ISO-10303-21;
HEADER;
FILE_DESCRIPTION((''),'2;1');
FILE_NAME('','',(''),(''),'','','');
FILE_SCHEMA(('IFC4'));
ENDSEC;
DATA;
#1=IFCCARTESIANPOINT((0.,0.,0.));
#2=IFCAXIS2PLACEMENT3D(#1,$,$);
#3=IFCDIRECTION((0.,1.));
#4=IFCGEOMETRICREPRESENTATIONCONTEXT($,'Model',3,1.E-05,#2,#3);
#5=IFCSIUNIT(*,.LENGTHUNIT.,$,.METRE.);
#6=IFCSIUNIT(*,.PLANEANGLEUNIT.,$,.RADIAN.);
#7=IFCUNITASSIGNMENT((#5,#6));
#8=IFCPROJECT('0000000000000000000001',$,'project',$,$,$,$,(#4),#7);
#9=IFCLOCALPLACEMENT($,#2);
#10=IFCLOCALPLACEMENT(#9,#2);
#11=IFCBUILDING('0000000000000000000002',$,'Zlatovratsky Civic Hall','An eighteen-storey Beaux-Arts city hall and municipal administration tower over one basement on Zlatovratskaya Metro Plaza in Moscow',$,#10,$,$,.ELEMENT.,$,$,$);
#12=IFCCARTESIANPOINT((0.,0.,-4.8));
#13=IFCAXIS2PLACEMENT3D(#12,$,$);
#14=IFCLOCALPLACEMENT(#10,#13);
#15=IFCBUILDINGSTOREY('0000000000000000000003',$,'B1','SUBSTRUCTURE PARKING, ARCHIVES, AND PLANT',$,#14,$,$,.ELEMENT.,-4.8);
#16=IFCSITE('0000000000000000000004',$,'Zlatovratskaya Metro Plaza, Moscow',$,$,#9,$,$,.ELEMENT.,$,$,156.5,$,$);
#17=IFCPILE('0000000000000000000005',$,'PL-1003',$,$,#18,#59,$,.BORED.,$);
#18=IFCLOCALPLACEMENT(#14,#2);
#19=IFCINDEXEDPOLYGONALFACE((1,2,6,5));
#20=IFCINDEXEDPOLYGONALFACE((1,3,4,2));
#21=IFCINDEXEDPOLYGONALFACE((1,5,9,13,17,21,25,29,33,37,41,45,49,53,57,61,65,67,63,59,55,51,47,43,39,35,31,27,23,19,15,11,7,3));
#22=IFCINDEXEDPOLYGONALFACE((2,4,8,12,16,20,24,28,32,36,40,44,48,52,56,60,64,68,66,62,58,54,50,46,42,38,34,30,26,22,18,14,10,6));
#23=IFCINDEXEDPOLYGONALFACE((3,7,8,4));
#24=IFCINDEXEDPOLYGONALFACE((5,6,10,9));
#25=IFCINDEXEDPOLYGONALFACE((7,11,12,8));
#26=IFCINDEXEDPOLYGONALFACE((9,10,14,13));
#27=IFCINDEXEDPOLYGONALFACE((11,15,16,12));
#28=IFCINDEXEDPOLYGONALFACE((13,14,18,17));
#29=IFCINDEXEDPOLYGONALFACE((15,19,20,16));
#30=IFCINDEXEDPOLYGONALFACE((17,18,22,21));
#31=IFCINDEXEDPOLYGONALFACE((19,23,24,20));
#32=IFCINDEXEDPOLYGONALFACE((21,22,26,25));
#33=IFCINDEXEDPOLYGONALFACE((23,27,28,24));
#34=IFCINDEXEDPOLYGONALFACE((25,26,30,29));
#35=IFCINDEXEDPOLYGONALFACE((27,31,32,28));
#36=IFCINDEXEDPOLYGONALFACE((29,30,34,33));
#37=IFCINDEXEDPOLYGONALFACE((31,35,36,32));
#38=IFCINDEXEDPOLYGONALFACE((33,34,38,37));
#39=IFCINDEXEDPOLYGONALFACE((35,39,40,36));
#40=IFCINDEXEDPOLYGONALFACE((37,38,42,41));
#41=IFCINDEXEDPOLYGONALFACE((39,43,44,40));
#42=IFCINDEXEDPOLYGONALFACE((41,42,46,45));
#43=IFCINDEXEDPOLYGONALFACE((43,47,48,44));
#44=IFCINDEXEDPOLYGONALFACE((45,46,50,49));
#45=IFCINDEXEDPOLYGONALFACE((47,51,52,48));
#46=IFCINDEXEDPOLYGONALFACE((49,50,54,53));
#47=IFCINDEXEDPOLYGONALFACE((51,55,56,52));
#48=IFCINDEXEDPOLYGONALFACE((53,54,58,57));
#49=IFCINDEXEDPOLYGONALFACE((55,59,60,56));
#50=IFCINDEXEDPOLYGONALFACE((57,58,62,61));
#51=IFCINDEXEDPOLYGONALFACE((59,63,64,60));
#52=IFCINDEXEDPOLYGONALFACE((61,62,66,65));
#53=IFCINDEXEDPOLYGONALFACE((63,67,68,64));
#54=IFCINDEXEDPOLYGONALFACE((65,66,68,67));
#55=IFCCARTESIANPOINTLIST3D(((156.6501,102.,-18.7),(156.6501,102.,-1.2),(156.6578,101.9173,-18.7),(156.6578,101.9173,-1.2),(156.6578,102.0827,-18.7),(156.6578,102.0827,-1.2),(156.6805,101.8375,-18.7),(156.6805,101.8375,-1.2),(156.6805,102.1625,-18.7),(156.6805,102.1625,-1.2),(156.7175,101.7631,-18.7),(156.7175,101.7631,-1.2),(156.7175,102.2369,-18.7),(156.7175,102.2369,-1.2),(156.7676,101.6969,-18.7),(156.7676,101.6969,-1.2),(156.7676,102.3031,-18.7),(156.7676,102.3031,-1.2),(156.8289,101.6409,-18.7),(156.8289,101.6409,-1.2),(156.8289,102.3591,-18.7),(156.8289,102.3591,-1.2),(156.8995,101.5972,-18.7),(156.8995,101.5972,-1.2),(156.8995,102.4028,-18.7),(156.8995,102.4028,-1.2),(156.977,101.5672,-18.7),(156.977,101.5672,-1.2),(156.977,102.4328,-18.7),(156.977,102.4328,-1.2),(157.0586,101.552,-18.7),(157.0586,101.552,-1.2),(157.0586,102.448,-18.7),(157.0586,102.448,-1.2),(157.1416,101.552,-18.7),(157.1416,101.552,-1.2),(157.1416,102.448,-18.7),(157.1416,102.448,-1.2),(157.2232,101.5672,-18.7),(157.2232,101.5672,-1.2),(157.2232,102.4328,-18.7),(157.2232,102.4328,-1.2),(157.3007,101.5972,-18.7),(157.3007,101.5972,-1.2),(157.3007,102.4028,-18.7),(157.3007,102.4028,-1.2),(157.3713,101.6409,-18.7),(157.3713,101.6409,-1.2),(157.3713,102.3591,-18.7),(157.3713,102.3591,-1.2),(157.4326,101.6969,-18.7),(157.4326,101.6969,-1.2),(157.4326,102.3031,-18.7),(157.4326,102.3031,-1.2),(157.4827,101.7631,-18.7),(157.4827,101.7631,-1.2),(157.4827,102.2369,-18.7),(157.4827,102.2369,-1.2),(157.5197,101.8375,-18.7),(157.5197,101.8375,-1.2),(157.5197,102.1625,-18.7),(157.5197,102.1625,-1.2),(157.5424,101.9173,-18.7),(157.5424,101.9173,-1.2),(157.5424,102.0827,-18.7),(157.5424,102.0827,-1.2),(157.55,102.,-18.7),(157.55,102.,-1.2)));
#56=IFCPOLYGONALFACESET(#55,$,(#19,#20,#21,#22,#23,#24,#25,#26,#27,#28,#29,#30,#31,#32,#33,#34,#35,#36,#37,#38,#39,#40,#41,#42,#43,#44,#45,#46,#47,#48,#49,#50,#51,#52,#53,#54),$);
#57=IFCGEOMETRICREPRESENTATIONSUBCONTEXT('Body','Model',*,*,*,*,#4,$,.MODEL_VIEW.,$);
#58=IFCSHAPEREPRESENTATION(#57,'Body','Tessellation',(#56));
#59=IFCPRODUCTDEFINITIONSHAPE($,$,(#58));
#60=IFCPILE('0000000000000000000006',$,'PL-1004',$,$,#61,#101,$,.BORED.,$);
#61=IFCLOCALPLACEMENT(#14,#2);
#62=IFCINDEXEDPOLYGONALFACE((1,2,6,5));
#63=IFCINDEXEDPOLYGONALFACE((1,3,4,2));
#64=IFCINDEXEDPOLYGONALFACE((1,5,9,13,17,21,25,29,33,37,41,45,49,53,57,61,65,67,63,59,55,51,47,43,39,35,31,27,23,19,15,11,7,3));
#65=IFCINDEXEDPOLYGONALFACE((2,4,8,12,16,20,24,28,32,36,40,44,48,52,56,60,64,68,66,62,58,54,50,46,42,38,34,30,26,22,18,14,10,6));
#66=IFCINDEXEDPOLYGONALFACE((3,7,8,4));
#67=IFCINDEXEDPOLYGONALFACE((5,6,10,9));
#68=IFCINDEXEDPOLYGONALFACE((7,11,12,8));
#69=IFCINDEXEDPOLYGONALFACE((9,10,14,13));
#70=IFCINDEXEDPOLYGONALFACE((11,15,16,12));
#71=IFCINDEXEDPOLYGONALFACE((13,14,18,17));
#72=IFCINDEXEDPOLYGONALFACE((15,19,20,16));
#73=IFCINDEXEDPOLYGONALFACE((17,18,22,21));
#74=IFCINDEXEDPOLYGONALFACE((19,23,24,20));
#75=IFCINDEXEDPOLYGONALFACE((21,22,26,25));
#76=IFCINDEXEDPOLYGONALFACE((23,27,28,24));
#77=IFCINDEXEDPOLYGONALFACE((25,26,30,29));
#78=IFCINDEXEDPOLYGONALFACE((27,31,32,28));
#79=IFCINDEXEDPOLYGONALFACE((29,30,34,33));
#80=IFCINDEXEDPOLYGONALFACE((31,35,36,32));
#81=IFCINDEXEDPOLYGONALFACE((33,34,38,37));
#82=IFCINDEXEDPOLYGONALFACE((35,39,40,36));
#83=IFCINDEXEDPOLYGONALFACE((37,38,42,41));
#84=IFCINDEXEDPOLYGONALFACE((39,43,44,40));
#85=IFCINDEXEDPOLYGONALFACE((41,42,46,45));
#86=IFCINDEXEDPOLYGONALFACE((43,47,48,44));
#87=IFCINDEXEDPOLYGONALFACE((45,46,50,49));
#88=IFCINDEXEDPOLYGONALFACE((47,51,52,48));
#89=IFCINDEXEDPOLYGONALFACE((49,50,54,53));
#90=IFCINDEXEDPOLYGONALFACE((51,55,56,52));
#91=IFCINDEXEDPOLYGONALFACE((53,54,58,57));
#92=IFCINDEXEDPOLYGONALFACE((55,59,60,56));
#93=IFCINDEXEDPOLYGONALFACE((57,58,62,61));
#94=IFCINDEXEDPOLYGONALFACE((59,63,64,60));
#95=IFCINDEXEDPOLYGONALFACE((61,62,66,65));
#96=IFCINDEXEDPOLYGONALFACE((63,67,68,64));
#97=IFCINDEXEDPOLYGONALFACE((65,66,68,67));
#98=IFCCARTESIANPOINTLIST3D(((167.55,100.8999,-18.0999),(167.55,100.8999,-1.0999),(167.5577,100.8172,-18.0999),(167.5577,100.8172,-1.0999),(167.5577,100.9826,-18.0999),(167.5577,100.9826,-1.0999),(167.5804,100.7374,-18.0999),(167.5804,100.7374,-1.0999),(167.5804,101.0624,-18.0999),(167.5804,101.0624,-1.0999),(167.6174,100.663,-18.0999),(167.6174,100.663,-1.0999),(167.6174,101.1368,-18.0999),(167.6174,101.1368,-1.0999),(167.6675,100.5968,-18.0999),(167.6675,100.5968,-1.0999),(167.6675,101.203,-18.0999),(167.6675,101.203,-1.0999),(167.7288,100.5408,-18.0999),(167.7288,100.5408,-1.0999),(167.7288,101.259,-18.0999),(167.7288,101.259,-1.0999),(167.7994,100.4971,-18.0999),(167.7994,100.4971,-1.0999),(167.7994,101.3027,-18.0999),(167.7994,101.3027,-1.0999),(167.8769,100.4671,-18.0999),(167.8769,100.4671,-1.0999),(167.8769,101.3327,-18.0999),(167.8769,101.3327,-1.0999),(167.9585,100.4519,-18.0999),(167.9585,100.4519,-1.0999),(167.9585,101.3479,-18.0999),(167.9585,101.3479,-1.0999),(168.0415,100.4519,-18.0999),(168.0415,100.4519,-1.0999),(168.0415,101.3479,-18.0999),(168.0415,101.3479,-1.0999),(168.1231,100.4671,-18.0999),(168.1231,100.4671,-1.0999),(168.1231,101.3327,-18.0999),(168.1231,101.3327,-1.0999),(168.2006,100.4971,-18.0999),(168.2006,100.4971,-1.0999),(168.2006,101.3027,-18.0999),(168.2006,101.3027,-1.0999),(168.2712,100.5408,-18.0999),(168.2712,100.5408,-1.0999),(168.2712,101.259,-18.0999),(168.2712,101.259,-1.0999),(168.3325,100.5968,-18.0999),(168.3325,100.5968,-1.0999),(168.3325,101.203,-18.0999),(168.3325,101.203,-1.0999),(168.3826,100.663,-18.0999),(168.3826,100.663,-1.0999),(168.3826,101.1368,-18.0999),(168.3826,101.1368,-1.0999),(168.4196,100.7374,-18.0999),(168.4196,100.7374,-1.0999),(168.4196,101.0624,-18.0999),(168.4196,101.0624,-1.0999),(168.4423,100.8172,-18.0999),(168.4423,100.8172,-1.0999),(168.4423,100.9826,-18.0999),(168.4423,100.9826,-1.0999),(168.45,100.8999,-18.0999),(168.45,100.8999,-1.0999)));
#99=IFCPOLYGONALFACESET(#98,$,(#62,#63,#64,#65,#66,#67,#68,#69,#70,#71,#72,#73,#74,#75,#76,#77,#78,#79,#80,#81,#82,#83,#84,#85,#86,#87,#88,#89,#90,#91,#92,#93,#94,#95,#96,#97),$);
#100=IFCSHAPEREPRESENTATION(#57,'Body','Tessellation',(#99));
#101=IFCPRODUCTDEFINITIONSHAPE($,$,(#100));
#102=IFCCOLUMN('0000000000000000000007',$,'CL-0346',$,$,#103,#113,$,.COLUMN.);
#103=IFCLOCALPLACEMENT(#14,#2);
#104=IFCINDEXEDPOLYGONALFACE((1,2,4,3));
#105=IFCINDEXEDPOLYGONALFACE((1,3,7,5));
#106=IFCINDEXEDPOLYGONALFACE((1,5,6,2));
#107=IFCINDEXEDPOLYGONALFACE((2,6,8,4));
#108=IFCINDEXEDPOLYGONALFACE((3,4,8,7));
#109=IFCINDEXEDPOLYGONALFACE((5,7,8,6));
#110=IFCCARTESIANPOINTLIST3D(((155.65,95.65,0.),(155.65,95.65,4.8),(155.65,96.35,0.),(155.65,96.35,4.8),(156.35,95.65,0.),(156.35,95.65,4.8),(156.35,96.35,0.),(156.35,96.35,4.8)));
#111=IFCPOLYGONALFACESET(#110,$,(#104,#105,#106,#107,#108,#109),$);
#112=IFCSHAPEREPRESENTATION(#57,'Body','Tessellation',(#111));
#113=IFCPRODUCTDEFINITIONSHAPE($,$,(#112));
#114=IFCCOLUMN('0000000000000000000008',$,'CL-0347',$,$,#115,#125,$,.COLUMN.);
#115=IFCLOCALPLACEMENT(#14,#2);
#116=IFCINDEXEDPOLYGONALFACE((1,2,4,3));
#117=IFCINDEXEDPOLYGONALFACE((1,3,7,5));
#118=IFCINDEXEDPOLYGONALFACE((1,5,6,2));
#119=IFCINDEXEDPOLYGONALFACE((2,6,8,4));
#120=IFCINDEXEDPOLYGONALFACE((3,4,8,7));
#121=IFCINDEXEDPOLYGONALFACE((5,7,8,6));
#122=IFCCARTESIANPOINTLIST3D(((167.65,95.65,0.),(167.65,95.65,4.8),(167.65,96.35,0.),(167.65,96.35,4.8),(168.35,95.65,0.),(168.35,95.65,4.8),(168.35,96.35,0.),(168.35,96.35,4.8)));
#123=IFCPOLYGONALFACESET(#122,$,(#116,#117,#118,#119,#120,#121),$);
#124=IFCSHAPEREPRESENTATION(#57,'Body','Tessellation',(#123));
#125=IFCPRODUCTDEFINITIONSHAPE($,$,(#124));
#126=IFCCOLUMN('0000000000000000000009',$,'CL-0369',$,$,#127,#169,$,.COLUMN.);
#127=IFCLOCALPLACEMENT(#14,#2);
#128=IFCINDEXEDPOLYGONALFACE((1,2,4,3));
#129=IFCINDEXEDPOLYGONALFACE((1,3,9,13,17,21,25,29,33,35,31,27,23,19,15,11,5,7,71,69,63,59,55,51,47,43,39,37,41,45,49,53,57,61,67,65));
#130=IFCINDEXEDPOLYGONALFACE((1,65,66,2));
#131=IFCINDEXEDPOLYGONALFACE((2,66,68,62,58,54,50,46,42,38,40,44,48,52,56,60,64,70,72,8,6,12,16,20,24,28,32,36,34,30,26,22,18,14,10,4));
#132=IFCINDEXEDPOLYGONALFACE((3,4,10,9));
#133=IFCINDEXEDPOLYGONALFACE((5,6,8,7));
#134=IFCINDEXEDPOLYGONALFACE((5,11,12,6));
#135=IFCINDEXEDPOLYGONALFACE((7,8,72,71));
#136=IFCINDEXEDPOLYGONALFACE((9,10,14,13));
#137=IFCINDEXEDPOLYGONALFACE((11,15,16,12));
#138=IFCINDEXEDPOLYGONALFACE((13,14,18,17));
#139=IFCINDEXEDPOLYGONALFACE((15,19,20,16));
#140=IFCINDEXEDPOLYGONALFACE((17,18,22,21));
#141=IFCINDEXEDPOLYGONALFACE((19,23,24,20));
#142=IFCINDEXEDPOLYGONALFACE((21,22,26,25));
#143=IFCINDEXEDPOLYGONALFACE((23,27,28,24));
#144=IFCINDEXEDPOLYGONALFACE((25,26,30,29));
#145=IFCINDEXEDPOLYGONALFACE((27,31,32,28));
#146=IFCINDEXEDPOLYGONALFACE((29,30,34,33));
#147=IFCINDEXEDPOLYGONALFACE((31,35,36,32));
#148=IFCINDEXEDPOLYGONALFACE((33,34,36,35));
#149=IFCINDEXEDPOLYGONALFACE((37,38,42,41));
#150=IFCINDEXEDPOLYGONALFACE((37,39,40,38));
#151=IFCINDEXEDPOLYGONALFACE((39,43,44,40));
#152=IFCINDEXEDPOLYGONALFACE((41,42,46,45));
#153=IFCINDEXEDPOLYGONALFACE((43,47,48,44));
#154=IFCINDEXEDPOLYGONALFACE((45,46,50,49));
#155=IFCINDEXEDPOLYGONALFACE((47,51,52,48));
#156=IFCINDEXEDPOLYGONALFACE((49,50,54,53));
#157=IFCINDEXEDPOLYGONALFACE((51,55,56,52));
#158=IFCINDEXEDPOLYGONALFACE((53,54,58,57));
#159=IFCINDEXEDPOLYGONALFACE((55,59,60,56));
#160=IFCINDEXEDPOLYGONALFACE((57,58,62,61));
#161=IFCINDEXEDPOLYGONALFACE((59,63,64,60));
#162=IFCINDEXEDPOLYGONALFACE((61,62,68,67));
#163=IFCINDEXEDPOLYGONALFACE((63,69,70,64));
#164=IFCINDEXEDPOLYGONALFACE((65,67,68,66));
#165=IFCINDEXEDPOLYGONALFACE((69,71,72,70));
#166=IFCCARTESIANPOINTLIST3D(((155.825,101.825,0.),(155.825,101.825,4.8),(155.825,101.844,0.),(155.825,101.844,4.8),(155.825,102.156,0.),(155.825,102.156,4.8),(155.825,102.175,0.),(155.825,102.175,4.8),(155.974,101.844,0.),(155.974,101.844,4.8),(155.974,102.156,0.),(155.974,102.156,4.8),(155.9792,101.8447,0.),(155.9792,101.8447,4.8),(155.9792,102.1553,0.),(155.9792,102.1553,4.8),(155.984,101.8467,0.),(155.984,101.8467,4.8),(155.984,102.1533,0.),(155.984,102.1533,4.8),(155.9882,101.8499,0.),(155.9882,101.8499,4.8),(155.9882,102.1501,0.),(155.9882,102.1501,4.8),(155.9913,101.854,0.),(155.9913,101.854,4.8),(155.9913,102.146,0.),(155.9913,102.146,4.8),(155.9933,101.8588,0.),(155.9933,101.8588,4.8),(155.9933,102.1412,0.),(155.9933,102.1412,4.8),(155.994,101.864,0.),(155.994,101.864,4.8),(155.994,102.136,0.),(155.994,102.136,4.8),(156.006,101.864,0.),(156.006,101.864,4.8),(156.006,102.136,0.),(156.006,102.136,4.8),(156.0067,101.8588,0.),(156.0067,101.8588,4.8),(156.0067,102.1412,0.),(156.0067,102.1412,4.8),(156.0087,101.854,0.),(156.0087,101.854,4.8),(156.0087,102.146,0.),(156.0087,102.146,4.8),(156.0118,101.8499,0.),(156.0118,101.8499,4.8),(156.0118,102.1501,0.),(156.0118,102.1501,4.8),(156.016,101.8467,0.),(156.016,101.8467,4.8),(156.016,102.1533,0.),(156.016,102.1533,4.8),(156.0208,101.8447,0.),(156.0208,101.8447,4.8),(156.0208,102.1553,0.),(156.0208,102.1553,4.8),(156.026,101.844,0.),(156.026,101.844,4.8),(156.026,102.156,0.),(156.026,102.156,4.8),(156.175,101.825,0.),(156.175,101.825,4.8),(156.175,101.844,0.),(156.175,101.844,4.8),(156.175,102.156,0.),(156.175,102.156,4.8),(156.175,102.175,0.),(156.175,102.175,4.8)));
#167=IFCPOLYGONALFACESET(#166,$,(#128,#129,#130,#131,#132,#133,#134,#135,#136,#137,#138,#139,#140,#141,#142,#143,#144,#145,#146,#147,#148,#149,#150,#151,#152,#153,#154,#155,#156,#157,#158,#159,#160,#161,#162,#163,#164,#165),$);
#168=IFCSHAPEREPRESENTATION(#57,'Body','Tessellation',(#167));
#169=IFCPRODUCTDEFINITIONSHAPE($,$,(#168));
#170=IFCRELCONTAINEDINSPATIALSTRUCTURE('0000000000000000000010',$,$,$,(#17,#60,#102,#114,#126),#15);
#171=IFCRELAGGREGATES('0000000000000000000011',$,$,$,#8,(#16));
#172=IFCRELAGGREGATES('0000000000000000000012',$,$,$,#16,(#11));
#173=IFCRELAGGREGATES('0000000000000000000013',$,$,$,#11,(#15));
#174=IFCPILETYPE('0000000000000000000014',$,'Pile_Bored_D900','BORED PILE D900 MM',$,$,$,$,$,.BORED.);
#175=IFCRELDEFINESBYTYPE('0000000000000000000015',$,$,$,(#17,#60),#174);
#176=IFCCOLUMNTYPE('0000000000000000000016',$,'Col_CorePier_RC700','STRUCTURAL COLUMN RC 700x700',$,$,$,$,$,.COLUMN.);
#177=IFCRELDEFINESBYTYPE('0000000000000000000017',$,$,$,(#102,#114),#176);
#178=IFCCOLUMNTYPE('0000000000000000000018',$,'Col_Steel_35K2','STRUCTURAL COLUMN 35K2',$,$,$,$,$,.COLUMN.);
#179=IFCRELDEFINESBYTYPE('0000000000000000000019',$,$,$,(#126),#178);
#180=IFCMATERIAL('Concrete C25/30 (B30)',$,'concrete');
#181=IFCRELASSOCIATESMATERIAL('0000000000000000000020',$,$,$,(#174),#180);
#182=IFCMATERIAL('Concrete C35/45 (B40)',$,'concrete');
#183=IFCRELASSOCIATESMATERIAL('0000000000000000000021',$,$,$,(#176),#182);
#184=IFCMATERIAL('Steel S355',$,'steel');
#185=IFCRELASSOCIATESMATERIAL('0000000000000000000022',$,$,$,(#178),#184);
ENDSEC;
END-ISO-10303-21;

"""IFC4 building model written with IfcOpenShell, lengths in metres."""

from ifc_helpers import new_model, si_unit, direction, frame, origin, origin_2d, place, context, subcontext, project, spatial, rectangle, circle, i_section, extrude, material, material_profile, profile_set, type_object, element, save


model = new_model("IFC4")

# Units and contexts
model_context = context("Model", 3, precision=1e-05, world=origin(), true_north=direction((0.0, 1.0)))
body_context = subcontext(model_context, "Body", "Model", "MODEL_VIEW")
ifc_project = project(units=[si_unit("LENGTHUNIT", "METRE"), si_unit("PLANEANGLEUNIT", "RADIAN")], contexts=[model_context])

# Site, building, storey
site_placement = place(None, origin())
site = spatial("IfcSite", under=ifc_project, at=site_placement, Name="Zlatovratskaya Metro Plaza, Moscow", CompositionType="ELEMENT", RefElevation=156.5)
building_placement = place(site_placement, origin())
building = spatial("IfcBuilding", under=site, at=building_placement, Name="Zlatovratsky Civic Hall", Description="An eighteen-storey Beaux-Arts city hall and municipal administration tower over one basement on Zlatovratskaya Metro Plaza in Moscow", CompositionType="ELEMENT")
storey_placement = place(building_placement, frame((0.0, 0.0, -4.8)))
storey = spatial("IfcBuildingStorey", under=building, at=storey_placement, Name="B1", Description="SUBSTRUCTURE PARKING, ARCHIVES, AND PLANT", CompositionType="ELEMENT", Elevation=-4.8)

# Shared definitions
ifc_material_1 = material(Name="Concrete C25/30 (B30)", Category="concrete")

# Piles
ifc_material_profile_1 = material_profile(ifc_material_1, circle(Radius=0.45, at=origin_2d()), Name="PILE D900")
ifc_profile_set_1 = profile_set([ifc_material_profile_1], Name="Concrete C25/30 (B30)")
pile_type_1 = type_object("IfcPileType", Name="Pile_Bored_D900", Description="BORED PILE D900 MM", PredefinedType="BORED", material=ifc_profile_set_1)
pile_1_placement = place(storey_placement, frame((157.1001, 102.0, -1.2), z_axis=(0.0, 0.0, -1.0), x_axis=(1.0, 0.0, 0.0)))
element("IfcPile", 1, at=pile_1_placement, inside=storey, type_object=pile_type_1, Name="PL-1003", PredefinedType="BORED", context=body_context, shape_type="SweptSolid", body=[
    extrude(circle(Radius=0.45, at=origin_2d()), origin(), (0.0, 0.0, 1.0), 17.5),
])
pile_2_placement = place(storey_placement, frame((168.0, 100.8999, -1.0999), z_axis=(0.0, 0.0, -1.0), x_axis=(1.0, 0.0, 0.0)))
element("IfcPile", 2, at=pile_2_placement, inside=storey, type_object=pile_type_1, Name="PL-1004", PredefinedType="BORED", context=body_context, shape_type="SweptSolid", body=[
    extrude(circle(Radius=0.45, at=origin_2d()), origin(), (0.0, 0.0, 1.0), 17.0),
])

# Columns
ifc_material_2 = material(Name="Concrete C35/45 (B40)", Category="concrete")
ifc_material_profile_2 = material_profile(ifc_material_2, rectangle(XDim=0.7, YDim=0.7, at=origin_2d()), Name="RC 700x700")
ifc_profile_set_2 = profile_set([ifc_material_profile_2], Name="Concrete C35/45 (B40)")
column_type_1 = type_object("IfcColumnType", Name="Col_CorePier_RC700", Description="STRUCTURAL COLUMN RC 700x700", PredefinedType="COLUMN", material=ifc_profile_set_2)
for number, where, z_axis, x_axis, name in (
    (3, (156.0, 96.0, 0.0), (0.0, 0.0, 1.0), (1.0, 0.0, 0.0), "CL-0346"),
    (4, (168.0, 96.0, 0.0), (0.0, 0.0, 1.0), (1.0, 0.0, 0.0), "CL-0347"),
):
    element("IfcColumn", number, at=place(storey_placement, frame(where, z_axis=z_axis, x_axis=x_axis)), inside=storey, type_object=column_type_1, Name=name, PredefinedType="COLUMN", context=body_context, shape_type="SweptSolid", body=[
        extrude(rectangle(XDim=0.7, YDim=0.7, at=origin_2d()), origin(), (0.0, 0.0, 1.0), 4.8),
    ])
ifc_material_3 = material(Name="Steel S355", Category="steel")
ifc_material_profile_3 = material_profile(ifc_material_3, i_section(OverallWidth=0.3501, OverallDepth=0.3501, WebThickness=0.012, FlangeThickness=0.019, FilletRadius=0.02, at=origin_2d()), Name="35K2")
ifc_profile_set_3 = profile_set([ifc_material_profile_3], Name="Steel S355")
column_type_2 = type_object("IfcColumnType", Name="Col_Steel_35K2", Description="STRUCTURAL COLUMN 35K2", PredefinedType="COLUMN", material=ifc_profile_set_3)
column_placement = place(storey_placement, frame((156.0, 102.0, 0.0), z_axis=(0.0, 0.0, 1.0), x_axis=(1.0, 0.0, 0.0)))
element("IfcColumn", 5, at=column_placement, inside=storey, type_object=column_type_2, Name="CL-0369", PredefinedType="COLUMN", context=body_context, shape_type="SweptSolid", body=[
    extrude(i_section(OverallWidth=0.3501, OverallDepth=0.3501, WebThickness=0.012, FlangeThickness=0.019, FilletRadius=0.02, at=origin_2d()), origin(), (0.0, 0.0, 1.0), 4.8),
])

save(model, "model.ifc")
